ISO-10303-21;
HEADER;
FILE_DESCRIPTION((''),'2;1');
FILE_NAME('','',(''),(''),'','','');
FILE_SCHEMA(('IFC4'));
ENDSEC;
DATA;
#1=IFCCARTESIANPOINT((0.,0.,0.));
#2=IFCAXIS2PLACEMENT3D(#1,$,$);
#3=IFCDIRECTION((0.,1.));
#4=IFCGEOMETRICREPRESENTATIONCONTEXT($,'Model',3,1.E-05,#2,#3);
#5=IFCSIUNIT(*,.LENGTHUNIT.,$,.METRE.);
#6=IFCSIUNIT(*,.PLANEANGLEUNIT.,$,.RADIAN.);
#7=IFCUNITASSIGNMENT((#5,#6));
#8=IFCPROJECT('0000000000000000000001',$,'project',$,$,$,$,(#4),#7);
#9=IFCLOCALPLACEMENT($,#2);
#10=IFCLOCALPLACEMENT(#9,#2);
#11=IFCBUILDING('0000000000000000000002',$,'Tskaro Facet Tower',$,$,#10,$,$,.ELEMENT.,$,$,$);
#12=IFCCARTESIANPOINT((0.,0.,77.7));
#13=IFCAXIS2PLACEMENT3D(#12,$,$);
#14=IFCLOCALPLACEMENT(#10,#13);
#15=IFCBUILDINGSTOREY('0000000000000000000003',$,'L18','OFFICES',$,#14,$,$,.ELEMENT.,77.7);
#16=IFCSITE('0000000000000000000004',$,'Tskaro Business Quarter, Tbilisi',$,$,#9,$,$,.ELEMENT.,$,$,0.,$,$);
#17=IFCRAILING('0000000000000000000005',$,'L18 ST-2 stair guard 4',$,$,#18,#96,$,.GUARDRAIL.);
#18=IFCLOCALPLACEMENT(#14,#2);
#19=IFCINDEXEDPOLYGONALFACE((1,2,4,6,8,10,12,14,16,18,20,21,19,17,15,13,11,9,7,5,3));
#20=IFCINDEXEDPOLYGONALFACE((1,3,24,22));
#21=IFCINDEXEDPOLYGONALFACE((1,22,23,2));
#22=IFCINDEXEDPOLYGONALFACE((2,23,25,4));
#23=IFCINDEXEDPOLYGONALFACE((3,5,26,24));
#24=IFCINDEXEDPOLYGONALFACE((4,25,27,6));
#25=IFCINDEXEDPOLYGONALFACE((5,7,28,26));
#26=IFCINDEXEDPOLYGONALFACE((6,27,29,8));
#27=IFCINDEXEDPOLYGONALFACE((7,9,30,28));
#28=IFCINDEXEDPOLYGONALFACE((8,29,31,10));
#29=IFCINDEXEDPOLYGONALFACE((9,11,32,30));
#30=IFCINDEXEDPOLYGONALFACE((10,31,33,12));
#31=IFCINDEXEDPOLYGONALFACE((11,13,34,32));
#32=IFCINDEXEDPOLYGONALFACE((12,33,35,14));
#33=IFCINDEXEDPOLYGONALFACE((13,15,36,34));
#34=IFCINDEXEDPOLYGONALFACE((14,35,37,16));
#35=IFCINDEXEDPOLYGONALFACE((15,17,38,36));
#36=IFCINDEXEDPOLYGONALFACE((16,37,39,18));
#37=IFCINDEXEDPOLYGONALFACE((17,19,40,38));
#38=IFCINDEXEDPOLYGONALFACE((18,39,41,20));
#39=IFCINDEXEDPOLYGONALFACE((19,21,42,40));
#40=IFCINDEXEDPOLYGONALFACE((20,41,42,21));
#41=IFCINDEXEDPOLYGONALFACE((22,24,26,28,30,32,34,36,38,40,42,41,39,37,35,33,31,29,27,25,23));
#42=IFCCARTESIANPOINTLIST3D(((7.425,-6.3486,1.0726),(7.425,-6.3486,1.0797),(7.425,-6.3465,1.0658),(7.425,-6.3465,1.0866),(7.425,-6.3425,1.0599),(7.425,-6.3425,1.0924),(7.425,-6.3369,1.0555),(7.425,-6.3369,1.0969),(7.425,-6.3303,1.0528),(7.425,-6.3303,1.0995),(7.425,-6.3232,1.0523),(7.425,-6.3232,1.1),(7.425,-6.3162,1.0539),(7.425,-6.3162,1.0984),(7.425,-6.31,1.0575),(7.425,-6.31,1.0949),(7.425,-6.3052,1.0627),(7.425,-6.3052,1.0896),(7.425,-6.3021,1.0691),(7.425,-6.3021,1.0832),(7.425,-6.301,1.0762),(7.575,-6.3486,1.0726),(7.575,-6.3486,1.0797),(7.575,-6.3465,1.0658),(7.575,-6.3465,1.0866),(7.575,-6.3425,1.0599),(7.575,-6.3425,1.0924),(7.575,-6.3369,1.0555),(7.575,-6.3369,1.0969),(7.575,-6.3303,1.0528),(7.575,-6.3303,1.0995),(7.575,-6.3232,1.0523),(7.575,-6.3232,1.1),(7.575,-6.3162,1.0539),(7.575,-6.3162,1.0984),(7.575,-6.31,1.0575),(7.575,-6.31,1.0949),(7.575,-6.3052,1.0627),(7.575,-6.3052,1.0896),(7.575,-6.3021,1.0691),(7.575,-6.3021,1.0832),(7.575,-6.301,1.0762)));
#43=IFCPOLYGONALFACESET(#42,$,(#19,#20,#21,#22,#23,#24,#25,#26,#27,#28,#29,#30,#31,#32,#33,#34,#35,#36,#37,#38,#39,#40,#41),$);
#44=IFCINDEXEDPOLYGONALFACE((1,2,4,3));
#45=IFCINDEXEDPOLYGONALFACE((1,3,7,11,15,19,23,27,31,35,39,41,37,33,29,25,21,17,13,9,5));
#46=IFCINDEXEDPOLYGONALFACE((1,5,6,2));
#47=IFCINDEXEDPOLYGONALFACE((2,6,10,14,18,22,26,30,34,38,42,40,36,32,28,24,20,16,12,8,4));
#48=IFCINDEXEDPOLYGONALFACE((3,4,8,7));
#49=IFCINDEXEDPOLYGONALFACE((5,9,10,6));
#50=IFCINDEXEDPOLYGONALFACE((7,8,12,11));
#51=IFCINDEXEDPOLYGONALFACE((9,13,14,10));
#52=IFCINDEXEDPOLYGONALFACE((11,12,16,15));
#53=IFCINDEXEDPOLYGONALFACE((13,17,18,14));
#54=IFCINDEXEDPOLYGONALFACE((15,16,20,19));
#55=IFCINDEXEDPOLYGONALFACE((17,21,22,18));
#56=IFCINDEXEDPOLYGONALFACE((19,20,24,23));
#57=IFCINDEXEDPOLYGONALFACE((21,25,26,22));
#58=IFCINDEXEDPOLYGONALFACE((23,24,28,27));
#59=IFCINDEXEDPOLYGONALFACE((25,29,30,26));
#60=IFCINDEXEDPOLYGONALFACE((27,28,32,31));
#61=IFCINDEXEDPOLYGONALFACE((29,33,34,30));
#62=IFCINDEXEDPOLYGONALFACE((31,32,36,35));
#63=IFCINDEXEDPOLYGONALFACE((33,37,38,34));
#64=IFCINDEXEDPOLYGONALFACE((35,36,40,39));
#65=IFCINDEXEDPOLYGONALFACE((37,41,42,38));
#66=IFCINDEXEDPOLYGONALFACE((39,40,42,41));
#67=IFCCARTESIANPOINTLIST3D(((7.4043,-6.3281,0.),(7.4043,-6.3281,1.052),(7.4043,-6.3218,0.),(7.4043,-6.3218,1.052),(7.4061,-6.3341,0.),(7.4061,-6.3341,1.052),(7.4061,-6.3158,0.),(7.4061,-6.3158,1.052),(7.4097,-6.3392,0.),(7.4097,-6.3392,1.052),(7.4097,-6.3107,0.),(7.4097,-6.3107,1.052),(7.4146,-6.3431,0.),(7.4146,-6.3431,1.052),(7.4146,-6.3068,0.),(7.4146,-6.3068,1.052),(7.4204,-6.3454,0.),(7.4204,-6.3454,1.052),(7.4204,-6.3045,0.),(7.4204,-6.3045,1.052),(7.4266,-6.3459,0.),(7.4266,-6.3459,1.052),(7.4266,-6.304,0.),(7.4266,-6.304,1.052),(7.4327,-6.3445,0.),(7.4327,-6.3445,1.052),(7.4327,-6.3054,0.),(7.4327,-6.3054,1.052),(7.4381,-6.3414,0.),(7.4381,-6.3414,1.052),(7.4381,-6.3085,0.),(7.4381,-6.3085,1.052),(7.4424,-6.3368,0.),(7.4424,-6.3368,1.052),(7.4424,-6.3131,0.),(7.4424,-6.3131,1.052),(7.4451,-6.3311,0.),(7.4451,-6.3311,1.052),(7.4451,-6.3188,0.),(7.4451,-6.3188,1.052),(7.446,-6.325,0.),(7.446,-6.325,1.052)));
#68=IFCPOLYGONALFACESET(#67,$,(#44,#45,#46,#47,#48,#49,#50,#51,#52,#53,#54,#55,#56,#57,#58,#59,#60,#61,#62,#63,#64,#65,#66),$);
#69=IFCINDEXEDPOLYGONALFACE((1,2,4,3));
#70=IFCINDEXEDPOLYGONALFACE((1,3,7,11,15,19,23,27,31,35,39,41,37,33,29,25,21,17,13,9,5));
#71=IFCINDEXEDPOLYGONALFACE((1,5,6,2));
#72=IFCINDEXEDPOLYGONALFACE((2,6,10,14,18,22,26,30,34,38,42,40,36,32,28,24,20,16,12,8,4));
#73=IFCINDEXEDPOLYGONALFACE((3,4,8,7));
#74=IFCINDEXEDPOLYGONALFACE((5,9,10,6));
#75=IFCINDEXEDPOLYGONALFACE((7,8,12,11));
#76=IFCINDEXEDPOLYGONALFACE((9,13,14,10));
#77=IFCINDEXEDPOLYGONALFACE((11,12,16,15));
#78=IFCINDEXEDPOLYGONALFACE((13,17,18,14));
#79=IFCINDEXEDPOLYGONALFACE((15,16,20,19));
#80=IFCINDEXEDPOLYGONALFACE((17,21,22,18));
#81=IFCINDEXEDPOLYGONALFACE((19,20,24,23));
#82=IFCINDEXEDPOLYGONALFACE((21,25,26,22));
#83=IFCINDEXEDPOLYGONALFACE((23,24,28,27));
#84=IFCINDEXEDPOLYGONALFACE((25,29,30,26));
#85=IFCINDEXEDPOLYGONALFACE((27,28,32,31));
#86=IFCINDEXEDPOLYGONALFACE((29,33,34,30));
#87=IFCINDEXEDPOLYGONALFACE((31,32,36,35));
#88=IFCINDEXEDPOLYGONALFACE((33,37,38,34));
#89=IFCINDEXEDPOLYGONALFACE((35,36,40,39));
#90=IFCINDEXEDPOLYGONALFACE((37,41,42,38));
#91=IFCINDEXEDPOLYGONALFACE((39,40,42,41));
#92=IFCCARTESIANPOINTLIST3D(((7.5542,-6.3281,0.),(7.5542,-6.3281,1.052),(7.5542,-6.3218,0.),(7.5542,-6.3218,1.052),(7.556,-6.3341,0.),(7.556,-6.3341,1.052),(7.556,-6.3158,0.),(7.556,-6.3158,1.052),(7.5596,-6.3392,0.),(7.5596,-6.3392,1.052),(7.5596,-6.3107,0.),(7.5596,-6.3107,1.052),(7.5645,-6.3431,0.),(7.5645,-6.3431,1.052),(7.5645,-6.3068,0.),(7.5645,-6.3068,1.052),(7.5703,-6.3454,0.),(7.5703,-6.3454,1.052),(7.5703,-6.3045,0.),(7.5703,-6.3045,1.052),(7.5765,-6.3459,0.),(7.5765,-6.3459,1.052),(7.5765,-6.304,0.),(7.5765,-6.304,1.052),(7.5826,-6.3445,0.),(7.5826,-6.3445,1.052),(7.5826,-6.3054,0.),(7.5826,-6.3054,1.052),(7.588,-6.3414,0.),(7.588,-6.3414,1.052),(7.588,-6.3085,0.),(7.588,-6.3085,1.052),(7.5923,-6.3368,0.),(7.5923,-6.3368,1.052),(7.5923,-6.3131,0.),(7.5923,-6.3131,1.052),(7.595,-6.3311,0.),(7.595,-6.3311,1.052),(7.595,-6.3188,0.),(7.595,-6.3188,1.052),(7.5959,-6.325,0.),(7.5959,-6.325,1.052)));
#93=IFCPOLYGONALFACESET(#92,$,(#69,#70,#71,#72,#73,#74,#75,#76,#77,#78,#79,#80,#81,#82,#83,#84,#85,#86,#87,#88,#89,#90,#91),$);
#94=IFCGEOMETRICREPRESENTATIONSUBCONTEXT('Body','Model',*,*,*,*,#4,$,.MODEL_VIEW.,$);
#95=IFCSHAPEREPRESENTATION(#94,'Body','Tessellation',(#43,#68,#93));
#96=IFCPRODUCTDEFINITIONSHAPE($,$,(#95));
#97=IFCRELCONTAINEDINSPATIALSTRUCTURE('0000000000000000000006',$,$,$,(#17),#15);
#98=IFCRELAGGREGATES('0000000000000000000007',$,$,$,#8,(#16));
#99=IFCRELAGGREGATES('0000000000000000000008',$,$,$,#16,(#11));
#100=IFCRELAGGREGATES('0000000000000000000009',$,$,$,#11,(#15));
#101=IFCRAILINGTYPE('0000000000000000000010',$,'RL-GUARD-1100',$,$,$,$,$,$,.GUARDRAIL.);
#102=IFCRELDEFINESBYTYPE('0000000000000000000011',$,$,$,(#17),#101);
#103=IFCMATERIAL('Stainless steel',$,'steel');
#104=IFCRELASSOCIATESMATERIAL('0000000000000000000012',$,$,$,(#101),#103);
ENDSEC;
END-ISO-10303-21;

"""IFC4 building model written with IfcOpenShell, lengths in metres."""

from ifc_helpers import new_model, si_unit, direction, frame, origin, origin_2d, place, context, subcontext, project, spatial, circle, extrude, material, type_object, element, save


model = new_model("IFC4")

# Units and contexts
model_context = context("Model", 3, precision=1e-05, world=origin(), true_north=direction((0.0, 1.0)))
body_context = subcontext(model_context, "Body", "Model", "MODEL_VIEW")
ifc_project = project(units=[si_unit("LENGTHUNIT", "METRE"), si_unit("PLANEANGLEUNIT", "RADIAN")], contexts=[model_context])

# Site, building, storey
site_placement = place(None, origin())
site = spatial("IfcSite", under=ifc_project, at=site_placement, Name="Tskaro Business Quarter, Tbilisi", CompositionType="ELEMENT", RefElevation=0.0)
building_placement = place(site_placement, origin())
building = spatial("IfcBuilding", under=site, at=building_placement, Name="Tskaro Facet Tower", CompositionType="ELEMENT")
storey_placement = place(building_placement, frame((0.0, 0.0, 77.7)))
storey = spatial("IfcBuildingStorey", under=building, at=storey_placement, Name="L18", Description="OFFICES", CompositionType="ELEMENT", Elevation=77.7)

# Railing
ifc_material_1 = material(Name="Stainless steel", Category="steel")
railing_type_1 = type_object("IfcRailingType", Name="RL-GUARD-1100", PredefinedType="GUARDRAIL", material=ifc_material_1)
railing_1_placement = place(storey_placement, frame((7.425, -6.325, 0.0)))
element("IfcRailing", 1, at=railing_1_placement, inside=storey, type_object=railing_type_1, Name="L18 ST-2 stair guard 4", PredefinedType="GUARDRAIL", context=body_context, shape_type="SweptSolid", body=[
    extrude(circle(Radius=0.0239, at=origin_2d()), frame((0.0, 0.0, 1.0762), z_axis=(1.0, 0.0, 0.0), x_axis=(0.0, 1.0, 0.0)), (0.0, 0.0, 1.0), 0.1499),
    extrude(circle(Radius=0.021, at=origin_2d()), origin(), (0.0, 0.0, 1.0), 1.052),
    extrude(circle(Radius=0.021, at=origin_2d()), frame((0.1499, 0.0, 0.0)), (0.0, 0.0, 1.0), 1.052),
])

save(model, "model.ifc")
